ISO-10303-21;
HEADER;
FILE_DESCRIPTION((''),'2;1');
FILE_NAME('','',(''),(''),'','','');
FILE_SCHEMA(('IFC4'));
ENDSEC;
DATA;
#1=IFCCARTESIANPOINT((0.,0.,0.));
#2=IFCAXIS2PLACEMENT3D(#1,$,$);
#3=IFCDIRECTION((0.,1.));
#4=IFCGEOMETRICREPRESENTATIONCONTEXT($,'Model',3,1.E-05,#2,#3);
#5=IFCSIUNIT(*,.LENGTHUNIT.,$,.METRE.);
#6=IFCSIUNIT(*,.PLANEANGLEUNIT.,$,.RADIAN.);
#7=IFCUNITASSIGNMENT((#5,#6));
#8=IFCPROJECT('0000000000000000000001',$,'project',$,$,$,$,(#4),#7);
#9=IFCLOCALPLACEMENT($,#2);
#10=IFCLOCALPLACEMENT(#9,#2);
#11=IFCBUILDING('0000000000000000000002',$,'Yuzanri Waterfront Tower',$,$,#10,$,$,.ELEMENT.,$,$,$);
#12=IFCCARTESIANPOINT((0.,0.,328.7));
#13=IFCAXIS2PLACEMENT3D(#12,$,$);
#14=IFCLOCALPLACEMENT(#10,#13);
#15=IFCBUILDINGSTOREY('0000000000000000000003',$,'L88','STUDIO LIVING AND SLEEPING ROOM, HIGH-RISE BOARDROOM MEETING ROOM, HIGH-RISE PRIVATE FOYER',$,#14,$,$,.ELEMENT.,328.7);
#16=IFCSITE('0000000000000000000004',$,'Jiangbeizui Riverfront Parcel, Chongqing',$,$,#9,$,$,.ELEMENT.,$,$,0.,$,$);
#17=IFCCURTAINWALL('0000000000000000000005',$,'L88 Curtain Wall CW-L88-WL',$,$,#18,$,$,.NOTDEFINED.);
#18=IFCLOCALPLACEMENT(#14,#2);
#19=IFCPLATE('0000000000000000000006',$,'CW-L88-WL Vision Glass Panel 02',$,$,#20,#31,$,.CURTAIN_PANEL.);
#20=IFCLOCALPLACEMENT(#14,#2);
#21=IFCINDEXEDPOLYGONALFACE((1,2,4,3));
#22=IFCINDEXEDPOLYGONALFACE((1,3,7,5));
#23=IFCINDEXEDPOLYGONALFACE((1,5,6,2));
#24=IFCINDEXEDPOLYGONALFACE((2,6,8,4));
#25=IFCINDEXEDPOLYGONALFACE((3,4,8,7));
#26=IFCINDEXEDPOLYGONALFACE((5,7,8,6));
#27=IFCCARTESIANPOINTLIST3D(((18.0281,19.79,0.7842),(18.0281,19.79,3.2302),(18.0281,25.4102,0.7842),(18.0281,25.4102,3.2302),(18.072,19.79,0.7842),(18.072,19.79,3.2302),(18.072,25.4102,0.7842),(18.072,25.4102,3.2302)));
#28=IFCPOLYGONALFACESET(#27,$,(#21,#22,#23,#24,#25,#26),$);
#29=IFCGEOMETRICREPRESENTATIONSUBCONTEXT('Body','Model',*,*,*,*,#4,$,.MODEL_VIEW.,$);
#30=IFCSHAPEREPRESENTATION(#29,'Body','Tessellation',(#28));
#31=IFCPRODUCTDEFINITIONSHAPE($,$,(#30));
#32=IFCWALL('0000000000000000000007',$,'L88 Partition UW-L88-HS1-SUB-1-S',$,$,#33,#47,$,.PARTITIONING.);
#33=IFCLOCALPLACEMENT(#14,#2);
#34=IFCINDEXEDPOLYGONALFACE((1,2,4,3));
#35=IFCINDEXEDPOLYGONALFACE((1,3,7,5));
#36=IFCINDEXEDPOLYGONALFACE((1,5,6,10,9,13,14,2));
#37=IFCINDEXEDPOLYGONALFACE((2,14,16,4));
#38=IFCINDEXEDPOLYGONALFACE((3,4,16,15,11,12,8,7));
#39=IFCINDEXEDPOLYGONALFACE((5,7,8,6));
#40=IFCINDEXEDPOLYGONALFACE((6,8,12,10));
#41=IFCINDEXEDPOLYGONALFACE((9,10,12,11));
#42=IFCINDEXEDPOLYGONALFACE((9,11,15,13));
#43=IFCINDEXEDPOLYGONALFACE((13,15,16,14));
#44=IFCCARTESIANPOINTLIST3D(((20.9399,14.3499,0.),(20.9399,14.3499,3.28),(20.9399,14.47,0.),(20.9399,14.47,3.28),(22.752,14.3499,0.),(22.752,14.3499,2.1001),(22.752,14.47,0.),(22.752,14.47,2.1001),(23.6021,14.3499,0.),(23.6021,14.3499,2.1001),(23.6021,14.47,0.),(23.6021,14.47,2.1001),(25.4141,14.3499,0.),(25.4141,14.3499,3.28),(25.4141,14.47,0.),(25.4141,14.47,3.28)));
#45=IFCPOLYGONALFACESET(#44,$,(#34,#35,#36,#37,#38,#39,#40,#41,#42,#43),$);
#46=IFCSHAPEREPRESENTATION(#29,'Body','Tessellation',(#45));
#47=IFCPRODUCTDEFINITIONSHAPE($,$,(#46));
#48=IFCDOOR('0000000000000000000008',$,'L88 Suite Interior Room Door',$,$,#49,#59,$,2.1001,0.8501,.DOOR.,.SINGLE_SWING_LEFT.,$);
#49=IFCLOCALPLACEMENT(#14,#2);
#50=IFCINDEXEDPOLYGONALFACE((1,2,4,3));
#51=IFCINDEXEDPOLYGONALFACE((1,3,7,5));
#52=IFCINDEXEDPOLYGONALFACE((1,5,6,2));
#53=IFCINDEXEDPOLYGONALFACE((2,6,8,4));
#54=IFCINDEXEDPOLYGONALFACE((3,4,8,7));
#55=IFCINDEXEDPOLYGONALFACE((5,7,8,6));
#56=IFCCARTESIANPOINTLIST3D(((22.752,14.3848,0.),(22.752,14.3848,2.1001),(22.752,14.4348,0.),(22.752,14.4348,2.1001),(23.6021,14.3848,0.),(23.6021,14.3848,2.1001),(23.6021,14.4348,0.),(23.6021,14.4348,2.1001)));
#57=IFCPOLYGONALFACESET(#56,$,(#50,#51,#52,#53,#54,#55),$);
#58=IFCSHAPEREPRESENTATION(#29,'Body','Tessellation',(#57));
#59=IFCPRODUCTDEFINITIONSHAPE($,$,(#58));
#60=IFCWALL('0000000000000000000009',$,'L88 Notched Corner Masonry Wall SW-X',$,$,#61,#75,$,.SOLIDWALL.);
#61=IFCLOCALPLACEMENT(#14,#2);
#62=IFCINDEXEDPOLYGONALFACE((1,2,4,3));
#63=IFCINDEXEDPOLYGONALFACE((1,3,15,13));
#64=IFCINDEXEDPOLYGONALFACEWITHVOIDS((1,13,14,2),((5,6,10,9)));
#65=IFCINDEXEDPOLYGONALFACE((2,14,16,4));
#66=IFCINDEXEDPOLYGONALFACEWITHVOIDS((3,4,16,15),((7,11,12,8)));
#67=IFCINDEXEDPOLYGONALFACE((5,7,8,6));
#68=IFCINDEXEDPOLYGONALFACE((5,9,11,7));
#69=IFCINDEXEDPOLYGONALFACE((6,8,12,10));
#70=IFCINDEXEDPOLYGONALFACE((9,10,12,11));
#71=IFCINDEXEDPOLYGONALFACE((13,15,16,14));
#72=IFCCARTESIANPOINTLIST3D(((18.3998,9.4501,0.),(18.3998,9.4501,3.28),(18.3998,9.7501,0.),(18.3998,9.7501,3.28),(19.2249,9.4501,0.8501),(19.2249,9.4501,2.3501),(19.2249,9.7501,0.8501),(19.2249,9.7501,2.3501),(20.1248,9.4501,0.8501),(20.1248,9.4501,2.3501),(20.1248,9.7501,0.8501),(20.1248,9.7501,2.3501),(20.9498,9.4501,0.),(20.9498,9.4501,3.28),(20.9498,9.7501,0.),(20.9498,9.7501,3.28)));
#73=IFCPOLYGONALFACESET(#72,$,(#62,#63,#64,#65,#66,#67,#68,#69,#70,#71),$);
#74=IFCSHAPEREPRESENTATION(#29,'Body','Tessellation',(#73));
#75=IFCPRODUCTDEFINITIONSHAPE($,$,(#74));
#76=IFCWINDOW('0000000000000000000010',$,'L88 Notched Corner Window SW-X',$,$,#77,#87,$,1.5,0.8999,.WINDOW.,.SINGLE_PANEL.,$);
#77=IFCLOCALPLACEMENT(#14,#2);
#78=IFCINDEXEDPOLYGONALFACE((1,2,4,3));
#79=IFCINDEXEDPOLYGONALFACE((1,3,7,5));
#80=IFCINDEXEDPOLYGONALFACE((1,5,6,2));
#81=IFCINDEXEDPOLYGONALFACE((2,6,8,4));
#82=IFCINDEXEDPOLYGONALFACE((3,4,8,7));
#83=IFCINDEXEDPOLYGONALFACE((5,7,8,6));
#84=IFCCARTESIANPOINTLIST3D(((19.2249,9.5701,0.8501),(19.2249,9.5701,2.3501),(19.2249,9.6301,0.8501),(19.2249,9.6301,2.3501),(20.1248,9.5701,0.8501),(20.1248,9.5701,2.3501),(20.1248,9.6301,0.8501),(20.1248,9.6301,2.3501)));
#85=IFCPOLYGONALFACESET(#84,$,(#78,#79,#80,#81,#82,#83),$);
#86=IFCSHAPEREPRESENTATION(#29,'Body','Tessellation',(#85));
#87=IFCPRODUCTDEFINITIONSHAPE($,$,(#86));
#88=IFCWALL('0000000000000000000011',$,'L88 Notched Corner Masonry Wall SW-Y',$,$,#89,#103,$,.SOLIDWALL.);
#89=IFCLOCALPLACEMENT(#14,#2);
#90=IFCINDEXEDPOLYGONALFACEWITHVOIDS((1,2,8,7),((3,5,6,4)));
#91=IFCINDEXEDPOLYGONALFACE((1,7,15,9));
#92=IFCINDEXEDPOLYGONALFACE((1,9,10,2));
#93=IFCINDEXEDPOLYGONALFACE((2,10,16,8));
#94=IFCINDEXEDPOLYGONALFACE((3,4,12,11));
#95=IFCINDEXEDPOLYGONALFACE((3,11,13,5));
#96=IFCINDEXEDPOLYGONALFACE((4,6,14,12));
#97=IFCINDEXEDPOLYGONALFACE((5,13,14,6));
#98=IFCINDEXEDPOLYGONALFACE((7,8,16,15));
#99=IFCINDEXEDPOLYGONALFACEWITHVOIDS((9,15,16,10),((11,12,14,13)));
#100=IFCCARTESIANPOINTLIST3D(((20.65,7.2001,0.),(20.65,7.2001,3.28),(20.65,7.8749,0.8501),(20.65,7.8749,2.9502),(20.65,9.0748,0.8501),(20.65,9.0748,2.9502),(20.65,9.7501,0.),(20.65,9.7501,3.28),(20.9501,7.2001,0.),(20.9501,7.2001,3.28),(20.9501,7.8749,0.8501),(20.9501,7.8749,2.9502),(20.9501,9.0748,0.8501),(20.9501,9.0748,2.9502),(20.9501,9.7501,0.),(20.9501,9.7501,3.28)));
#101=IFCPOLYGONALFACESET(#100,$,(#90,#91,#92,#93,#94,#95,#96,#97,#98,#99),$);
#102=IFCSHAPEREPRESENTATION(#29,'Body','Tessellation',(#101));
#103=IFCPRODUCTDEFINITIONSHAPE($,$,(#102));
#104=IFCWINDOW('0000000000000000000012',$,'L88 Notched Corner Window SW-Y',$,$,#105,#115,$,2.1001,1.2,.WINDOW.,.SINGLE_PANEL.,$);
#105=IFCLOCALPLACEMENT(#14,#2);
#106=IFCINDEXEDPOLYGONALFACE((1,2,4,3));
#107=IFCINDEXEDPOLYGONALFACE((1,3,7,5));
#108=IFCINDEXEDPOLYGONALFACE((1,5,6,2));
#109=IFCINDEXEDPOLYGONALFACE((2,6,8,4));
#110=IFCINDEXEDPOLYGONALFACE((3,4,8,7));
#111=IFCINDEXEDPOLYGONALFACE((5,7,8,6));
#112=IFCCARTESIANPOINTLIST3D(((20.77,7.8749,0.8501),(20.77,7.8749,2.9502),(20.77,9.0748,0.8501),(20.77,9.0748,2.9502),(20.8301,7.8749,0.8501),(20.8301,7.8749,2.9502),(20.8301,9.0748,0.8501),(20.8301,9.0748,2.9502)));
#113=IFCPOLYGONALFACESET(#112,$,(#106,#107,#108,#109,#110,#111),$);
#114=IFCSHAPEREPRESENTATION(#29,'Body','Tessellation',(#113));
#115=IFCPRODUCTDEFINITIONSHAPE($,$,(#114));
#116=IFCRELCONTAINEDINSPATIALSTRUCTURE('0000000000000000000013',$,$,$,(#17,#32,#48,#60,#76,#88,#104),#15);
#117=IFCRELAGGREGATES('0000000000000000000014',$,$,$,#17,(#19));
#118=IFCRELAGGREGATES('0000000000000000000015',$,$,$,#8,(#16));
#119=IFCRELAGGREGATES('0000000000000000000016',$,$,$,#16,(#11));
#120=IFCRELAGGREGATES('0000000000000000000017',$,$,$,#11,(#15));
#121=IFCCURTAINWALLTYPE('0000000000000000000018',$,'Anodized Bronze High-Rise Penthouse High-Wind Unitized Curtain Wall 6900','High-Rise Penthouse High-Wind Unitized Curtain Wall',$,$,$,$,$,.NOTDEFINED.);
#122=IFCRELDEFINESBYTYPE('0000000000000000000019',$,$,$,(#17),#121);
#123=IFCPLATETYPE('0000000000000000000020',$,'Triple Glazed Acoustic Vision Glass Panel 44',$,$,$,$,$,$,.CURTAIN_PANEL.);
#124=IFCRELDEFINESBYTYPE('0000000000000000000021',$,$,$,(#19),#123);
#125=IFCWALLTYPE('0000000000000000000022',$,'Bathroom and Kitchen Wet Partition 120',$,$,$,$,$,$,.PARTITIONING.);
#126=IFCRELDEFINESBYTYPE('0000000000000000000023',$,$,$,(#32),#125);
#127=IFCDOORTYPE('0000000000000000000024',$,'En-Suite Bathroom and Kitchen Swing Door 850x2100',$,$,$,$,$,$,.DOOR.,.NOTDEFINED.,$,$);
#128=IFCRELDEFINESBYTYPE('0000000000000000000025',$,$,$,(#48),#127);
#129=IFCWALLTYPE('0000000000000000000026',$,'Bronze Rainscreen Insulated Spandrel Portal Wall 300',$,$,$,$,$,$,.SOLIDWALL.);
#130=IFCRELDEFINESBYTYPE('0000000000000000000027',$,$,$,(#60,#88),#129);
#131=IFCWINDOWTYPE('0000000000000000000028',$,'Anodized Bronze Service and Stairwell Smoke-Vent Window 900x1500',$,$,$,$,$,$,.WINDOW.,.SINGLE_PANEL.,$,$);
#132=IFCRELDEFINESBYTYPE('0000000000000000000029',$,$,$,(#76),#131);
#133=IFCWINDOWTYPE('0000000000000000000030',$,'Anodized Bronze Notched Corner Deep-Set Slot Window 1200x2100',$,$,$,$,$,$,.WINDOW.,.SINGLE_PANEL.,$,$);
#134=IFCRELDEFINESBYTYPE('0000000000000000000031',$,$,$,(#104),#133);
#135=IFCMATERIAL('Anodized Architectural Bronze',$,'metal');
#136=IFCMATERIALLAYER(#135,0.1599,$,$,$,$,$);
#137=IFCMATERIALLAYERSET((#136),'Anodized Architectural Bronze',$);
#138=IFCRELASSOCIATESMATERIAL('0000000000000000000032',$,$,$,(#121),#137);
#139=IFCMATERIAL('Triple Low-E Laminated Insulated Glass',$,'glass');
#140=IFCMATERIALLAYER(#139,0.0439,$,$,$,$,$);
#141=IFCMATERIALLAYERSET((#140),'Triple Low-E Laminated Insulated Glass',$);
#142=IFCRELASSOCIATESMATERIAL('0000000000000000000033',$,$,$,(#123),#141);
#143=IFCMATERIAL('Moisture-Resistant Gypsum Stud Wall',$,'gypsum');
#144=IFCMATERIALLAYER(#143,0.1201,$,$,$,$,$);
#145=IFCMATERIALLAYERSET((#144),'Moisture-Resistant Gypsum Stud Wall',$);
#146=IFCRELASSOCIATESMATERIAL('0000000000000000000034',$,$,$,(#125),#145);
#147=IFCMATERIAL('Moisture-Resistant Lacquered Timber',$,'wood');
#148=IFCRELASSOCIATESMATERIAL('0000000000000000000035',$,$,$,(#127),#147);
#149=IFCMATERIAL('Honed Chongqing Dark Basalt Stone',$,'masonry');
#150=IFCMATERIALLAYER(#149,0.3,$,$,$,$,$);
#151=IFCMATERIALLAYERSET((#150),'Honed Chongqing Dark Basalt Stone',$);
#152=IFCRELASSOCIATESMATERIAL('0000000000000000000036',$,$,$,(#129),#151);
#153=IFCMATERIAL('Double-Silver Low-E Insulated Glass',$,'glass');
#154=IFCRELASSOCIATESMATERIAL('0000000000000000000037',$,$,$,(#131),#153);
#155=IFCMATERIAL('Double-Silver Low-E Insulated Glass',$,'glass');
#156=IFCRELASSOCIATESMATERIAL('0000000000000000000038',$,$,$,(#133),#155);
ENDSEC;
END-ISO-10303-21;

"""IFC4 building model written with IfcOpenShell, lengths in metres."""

from ifc_helpers import new_model, si_unit, direction, frame, frame_2d, origin, origin_2d, place, context, subcontext, project, spatial, rectangle, extrude, source, transform, mapped, material, layer, layer_set, type_object, element, fill, aggregate, save


model = new_model("IFC4")

# Units and contexts
model_context = context("Model", 3, precision=1e-05, world=origin(), true_north=direction((0.0, 1.0)))
body_context = subcontext(model_context, "Body", "Model", "MODEL_VIEW")
ifc_project = project(units=[si_unit("LENGTHUNIT", "METRE"), si_unit("PLANEANGLEUNIT", "RADIAN")], contexts=[model_context])

# Site, building, storey
site_placement = place(None, origin())
site = spatial("IfcSite", under=ifc_project, at=site_placement, Name="Jiangbeizui Riverfront Parcel, Chongqing", CompositionType="ELEMENT", RefElevation=0.0)
building_placement = place(site_placement, origin())
building = spatial("IfcBuilding", under=site, at=building_placement, Name="Yuzanri Waterfront Tower", CompositionType="ELEMENT")
storey_placement = place(building_placement, frame((0.0, 0.0, 328.7)))
storey = spatial("IfcBuildingStorey", under=building, at=storey_placement, Name="L88", Description="STUDIO LIVING AND SLEEPING ROOM, HIGH-RISE BOARDROOM MEETING ROOM, HIGH-RISE PRIVATE FOYER", CompositionType="ELEMENT", Elevation=328.7)

# Curtain wall
ifc_material_1 = material(Name="Anodized Architectural Bronze", Category="metal")
ifc_layer_1 = layer(ifc_material_1, 0.1599)
ifc_layer_set_1 = layer_set([ifc_layer_1], Name="Anodized Architectural Bronze")
curtain_wall_type = type_object("IfcCurtainWallType", Name="Anodized Bronze High-Rise Penthouse High-Wind Unitized Curtain Wall 6900", Description="High-Rise Penthouse High-Wind Unitized Curtain Wall", PredefinedType="NOTDEFINED", material=ifc_layer_set_1)
curtain_wall_placement = place(storey_placement, origin())
curtain_wall = element("IfcCurtainWall", 1, at=curtain_wall_placement, inside=storey, type_object=curtain_wall_type, Name="L88 Curtain Wall CW-L88-WL", PredefinedType="NOTDEFINED")

# Plate
ifc_material_2 = material(Name="Triple Low-E Laminated Insulated Glass", Category="glass")
ifc_layer_2 = layer(ifc_material_2, 0.0439)
ifc_layer_set_2 = layer_set([ifc_layer_2], Name="Triple Low-E Laminated Insulated Glass")
plate_type_1 = type_object("IfcPlateType", Name="Triple Glazed Acoustic Vision Glass Panel 44", PredefinedType="CURTAIN_PANEL", material=ifc_layer_set_2)
shared_shape_1 = source(origin(), body_context, "Body", "SweptSolid", [
    extrude(rectangle(XDim=5.6201, YDim=0.0439, at=origin_2d()), origin(), (0.0, 0.0, 1.0), 2.446),
])
plate_1_placement = place(storey_placement, frame((18.05, 22.6001, 0.7842), z_axis=(0.0, 0.0, 1.0), x_axis=(0.0, 1.0, 0.0)))
plate_1 = element("IfcPlate", 2, at=plate_1_placement, type_object=plate_type_1, Name="CW-L88-WL Vision Glass Panel 02", PredefinedType="CURTAIN_PANEL", context=body_context, shape_type="MappedRepresentation", body=[
    mapped(shared_shape_1, transform((0.0, 0.0, 0.0), scale=1.0)),
])
aggregate(curtain_wall, [plate_1])

# Wall, opening, door
ifc_material_3 = material(Name="Moisture-Resistant Gypsum Stud Wall", Category="gypsum")
ifc_layer_3 = layer(ifc_material_3, 0.1201)
ifc_layer_set_3 = layer_set([ifc_layer_3], Name="Moisture-Resistant Gypsum Stud Wall")
wall_type_1 = type_object("IfcWallType", Name="Bathroom and Kitchen Wet Partition 120", PredefinedType="PARTITIONING", material=ifc_layer_set_3)
wall_1_placement = place(storey_placement, frame((20.9399, 14.4099, 0.0), z_axis=(0.0, 0.0, 1.0), x_axis=(1.0, 0.0, 0.0)))
wall_1 = element("IfcWall", 3, at=wall_1_placement, inside=storey, type_object=wall_type_1, Name="L88 Partition UW-L88-HS1-SUB-1-S", PredefinedType="PARTITIONING", context=body_context, shape_type="SweptSolid", body=[
    extrude(rectangle(XDim=4.4741, YDim=0.1201, at=frame_2d((2.2371, 0.0))), origin(), (0.0, 0.0, 1.0), 3.28),
])
opening_1_placement = place(wall_1_placement, frame((1.812, 0.0, 0.0)))
opening_1 = element("IfcOpeningElement", 4, at=opening_1_placement, cuts=wall_1, PredefinedType="OPENING", context=body_context, shape_type="SweptSolid", body=[
    extrude(rectangle(XDim=0.8501, YDim=2.1001, at=frame_2d((0.425, 1.05))), frame((0.0, 0.075, 0.0), z_axis=(0.0, -1.0, 0.0), x_axis=(1.0, 0.0, 0.0)), (0.0, 0.0, 1.0), 0.1499),
])
ifc_material_4 = material(Name="Moisture-Resistant Lacquered Timber", Category="wood")
door_type_1 = type_object("IfcDoorType", Name="En-Suite Bathroom and Kitchen Swing Door 850x2100", OperationType="NOTDEFINED", PredefinedType="DOOR", material=ifc_material_4)
shared_shape_2 = source(origin(), body_context, "Body", "SweptSolid", [
    extrude(rectangle(XDim=0.8501, YDim=2.1001, at=frame_2d((0.425, 1.05))), frame((0.0, 0.0249, 0.0), z_axis=(0.0, -1.0, 0.0), x_axis=(1.0, 0.0, 0.0)), (0.0, 0.0, 1.0), 0.05),
])
door_1_placement = place(opening_1_placement, origin())
door_1 = element("IfcDoor", 5, at=door_1_placement, inside=storey, type_object=door_type_1, Name="L88 Suite Interior Room Door", OperationType="SINGLE_SWING_LEFT", OverallHeight=2.1001, OverallWidth=0.8501, PredefinedType="DOOR", context=body_context, shape_type="MappedRepresentation", body=[
    mapped(shared_shape_2, transform((0.0, 0.0, 0.0), scale=1.0)),
])
fill(opening_1, door_1)

# Walls, openings, windows
ifc_material_5 = material(Name="Honed Chongqing Dark Basalt Stone", Category="masonry")
ifc_layer_4 = layer(ifc_material_5, 0.3)
ifc_layer_set_4 = layer_set([ifc_layer_4], Name="Honed Chongqing Dark Basalt Stone")
wall_type_2 = type_object("IfcWallType", Name="Bronze Rainscreen Insulated Spandrel Portal Wall 300", PredefinedType="SOLIDWALL", material=ifc_layer_set_4)
wall_2_placement = place(storey_placement, frame((18.3999, 9.6001, 0.0), z_axis=(0.0, 0.0, 1.0), x_axis=(1.0, 0.0, 0.0)))
wall_2 = element("IfcWall", 6, at=wall_2_placement, inside=storey, type_object=wall_type_2, Name="L88 Notched Corner Masonry Wall SW-X", PredefinedType="SOLIDWALL", context=body_context, shape_type="SweptSolid", body=[
    extrude(rectangle(XDim=2.55, YDim=0.3, at=frame_2d((1.2749, 0.0))), origin(), (0.0, 0.0, 1.0), 3.28),
])
opening_2_placement = place(wall_2_placement, frame((0.825, 0.0, 0.8501)))
opening_2 = element("IfcOpeningElement", 7, at=opening_2_placement, cuts=wall_2, PredefinedType="OPENING", context=body_context, shape_type="SweptSolid", body=[
    extrude(rectangle(XDim=0.8999, YDim=1.5, at=frame_2d((0.45, 0.75))), frame((0.0, 0.165, 0.0), z_axis=(0.0, -1.0, 0.0), x_axis=(1.0, 0.0, 0.0)), (0.0, 0.0, 1.0), 0.3298),
])
ifc_material_6 = material(Name="Double-Silver Low-E Insulated Glass", Category="glass")
window_type_1 = type_object("IfcWindowType", Name="Anodized Bronze Service and Stairwell Smoke-Vent Window 900x1500", PartitioningType="SINGLE_PANEL", PredefinedType="WINDOW", material=ifc_material_6)
shared_shape_3 = source(origin(), body_context, "Body", "SweptSolid", [
    extrude(rectangle(XDim=0.8999, YDim=1.5, at=frame_2d((0.45, 0.75))), frame((0.0, 0.03, 0.0), z_axis=(0.0, -1.0, 0.0), x_axis=(1.0, 0.0, 0.0)), (0.0, 0.0, 1.0), 0.0601),
])
window_1_placement = place(opening_2_placement, origin())
window_1 = element("IfcWindow", 8, at=window_1_placement, inside=storey, type_object=window_type_1, Name="L88 Notched Corner Window SW-X", OverallHeight=1.5, OverallWidth=0.8999, PartitioningType="SINGLE_PANEL", PredefinedType="WINDOW", context=body_context, shape_type="MappedRepresentation", body=[
    mapped(shared_shape_3, transform((0.0, 0.0, 0.0), scale=1.0)),
])
fill(opening_2, window_1)
wall_3_placement = place(storey_placement, frame((20.8, 9.75, 0.0), z_axis=(0.0, 0.0, 1.0), x_axis=(0.0, -1.0, 0.0)))
wall_3 = element("IfcWall", 9, at=wall_3_placement, inside=storey, type_object=wall_type_2, Name="L88 Notched Corner Masonry Wall SW-Y", PredefinedType="SOLIDWALL", context=body_context, shape_type="SweptSolid", body=[
    extrude(rectangle(XDim=2.55, YDim=0.3, at=frame_2d((1.2749, 0.0))), origin(), (0.0, 0.0, 1.0), 3.28),
])
opening_3_placement = place(wall_3_placement, frame((0.675, 0.0, 0.8501)))
opening_3 = element("IfcOpeningElement", 10, at=opening_3_placement, cuts=wall_3, PredefinedType="OPENING", context=body_context, shape_type="SweptSolid", body=[
    extrude(rectangle(XDim=1.2, YDim=2.1001, at=frame_2d((0.6001, 1.05))), frame((0.0, 0.165, 0.0), z_axis=(0.0, -1.0, 0.0), x_axis=(1.0, 0.0, 0.0)), (0.0, 0.0, 1.0), 0.3298),
])
ifc_material_7 = material(Name="Double-Silver Low-E Insulated Glass", Category="glass")
window_type_2 = type_object("IfcWindowType", Name="Anodized Bronze Notched Corner Deep-Set Slot Window 1200x2100", PartitioningType="SINGLE_PANEL", PredefinedType="WINDOW", material=ifc_material_7)
shared_shape_4 = source(origin(), body_context, "Body", "SweptSolid", [
    extrude(rectangle(XDim=1.2, YDim=2.1001, at=frame_2d((0.6001, 1.05))), frame((0.0, 0.03, 0.0), z_axis=(0.0, -1.0, 0.0), x_axis=(1.0, 0.0, 0.0)), (0.0, 0.0, 1.0), 0.0601),
])
window_2_placement = place(opening_3_placement, origin())
window_2 = element("IfcWindow", 11, at=window_2_placement, inside=storey, type_object=window_type_2, Name="L88 Notched Corner Window SW-Y", OverallHeight=2.1001, OverallWidth=1.2, PartitioningType="SINGLE_PANEL", PredefinedType="WINDOW", context=body_context, shape_type="MappedRepresentation", body=[
    mapped(shared_shape_4, transform((0.0, 0.0, 0.0), scale=1.0)),
])
fill(opening_3, window_2)

save(model, "model.ifc")
